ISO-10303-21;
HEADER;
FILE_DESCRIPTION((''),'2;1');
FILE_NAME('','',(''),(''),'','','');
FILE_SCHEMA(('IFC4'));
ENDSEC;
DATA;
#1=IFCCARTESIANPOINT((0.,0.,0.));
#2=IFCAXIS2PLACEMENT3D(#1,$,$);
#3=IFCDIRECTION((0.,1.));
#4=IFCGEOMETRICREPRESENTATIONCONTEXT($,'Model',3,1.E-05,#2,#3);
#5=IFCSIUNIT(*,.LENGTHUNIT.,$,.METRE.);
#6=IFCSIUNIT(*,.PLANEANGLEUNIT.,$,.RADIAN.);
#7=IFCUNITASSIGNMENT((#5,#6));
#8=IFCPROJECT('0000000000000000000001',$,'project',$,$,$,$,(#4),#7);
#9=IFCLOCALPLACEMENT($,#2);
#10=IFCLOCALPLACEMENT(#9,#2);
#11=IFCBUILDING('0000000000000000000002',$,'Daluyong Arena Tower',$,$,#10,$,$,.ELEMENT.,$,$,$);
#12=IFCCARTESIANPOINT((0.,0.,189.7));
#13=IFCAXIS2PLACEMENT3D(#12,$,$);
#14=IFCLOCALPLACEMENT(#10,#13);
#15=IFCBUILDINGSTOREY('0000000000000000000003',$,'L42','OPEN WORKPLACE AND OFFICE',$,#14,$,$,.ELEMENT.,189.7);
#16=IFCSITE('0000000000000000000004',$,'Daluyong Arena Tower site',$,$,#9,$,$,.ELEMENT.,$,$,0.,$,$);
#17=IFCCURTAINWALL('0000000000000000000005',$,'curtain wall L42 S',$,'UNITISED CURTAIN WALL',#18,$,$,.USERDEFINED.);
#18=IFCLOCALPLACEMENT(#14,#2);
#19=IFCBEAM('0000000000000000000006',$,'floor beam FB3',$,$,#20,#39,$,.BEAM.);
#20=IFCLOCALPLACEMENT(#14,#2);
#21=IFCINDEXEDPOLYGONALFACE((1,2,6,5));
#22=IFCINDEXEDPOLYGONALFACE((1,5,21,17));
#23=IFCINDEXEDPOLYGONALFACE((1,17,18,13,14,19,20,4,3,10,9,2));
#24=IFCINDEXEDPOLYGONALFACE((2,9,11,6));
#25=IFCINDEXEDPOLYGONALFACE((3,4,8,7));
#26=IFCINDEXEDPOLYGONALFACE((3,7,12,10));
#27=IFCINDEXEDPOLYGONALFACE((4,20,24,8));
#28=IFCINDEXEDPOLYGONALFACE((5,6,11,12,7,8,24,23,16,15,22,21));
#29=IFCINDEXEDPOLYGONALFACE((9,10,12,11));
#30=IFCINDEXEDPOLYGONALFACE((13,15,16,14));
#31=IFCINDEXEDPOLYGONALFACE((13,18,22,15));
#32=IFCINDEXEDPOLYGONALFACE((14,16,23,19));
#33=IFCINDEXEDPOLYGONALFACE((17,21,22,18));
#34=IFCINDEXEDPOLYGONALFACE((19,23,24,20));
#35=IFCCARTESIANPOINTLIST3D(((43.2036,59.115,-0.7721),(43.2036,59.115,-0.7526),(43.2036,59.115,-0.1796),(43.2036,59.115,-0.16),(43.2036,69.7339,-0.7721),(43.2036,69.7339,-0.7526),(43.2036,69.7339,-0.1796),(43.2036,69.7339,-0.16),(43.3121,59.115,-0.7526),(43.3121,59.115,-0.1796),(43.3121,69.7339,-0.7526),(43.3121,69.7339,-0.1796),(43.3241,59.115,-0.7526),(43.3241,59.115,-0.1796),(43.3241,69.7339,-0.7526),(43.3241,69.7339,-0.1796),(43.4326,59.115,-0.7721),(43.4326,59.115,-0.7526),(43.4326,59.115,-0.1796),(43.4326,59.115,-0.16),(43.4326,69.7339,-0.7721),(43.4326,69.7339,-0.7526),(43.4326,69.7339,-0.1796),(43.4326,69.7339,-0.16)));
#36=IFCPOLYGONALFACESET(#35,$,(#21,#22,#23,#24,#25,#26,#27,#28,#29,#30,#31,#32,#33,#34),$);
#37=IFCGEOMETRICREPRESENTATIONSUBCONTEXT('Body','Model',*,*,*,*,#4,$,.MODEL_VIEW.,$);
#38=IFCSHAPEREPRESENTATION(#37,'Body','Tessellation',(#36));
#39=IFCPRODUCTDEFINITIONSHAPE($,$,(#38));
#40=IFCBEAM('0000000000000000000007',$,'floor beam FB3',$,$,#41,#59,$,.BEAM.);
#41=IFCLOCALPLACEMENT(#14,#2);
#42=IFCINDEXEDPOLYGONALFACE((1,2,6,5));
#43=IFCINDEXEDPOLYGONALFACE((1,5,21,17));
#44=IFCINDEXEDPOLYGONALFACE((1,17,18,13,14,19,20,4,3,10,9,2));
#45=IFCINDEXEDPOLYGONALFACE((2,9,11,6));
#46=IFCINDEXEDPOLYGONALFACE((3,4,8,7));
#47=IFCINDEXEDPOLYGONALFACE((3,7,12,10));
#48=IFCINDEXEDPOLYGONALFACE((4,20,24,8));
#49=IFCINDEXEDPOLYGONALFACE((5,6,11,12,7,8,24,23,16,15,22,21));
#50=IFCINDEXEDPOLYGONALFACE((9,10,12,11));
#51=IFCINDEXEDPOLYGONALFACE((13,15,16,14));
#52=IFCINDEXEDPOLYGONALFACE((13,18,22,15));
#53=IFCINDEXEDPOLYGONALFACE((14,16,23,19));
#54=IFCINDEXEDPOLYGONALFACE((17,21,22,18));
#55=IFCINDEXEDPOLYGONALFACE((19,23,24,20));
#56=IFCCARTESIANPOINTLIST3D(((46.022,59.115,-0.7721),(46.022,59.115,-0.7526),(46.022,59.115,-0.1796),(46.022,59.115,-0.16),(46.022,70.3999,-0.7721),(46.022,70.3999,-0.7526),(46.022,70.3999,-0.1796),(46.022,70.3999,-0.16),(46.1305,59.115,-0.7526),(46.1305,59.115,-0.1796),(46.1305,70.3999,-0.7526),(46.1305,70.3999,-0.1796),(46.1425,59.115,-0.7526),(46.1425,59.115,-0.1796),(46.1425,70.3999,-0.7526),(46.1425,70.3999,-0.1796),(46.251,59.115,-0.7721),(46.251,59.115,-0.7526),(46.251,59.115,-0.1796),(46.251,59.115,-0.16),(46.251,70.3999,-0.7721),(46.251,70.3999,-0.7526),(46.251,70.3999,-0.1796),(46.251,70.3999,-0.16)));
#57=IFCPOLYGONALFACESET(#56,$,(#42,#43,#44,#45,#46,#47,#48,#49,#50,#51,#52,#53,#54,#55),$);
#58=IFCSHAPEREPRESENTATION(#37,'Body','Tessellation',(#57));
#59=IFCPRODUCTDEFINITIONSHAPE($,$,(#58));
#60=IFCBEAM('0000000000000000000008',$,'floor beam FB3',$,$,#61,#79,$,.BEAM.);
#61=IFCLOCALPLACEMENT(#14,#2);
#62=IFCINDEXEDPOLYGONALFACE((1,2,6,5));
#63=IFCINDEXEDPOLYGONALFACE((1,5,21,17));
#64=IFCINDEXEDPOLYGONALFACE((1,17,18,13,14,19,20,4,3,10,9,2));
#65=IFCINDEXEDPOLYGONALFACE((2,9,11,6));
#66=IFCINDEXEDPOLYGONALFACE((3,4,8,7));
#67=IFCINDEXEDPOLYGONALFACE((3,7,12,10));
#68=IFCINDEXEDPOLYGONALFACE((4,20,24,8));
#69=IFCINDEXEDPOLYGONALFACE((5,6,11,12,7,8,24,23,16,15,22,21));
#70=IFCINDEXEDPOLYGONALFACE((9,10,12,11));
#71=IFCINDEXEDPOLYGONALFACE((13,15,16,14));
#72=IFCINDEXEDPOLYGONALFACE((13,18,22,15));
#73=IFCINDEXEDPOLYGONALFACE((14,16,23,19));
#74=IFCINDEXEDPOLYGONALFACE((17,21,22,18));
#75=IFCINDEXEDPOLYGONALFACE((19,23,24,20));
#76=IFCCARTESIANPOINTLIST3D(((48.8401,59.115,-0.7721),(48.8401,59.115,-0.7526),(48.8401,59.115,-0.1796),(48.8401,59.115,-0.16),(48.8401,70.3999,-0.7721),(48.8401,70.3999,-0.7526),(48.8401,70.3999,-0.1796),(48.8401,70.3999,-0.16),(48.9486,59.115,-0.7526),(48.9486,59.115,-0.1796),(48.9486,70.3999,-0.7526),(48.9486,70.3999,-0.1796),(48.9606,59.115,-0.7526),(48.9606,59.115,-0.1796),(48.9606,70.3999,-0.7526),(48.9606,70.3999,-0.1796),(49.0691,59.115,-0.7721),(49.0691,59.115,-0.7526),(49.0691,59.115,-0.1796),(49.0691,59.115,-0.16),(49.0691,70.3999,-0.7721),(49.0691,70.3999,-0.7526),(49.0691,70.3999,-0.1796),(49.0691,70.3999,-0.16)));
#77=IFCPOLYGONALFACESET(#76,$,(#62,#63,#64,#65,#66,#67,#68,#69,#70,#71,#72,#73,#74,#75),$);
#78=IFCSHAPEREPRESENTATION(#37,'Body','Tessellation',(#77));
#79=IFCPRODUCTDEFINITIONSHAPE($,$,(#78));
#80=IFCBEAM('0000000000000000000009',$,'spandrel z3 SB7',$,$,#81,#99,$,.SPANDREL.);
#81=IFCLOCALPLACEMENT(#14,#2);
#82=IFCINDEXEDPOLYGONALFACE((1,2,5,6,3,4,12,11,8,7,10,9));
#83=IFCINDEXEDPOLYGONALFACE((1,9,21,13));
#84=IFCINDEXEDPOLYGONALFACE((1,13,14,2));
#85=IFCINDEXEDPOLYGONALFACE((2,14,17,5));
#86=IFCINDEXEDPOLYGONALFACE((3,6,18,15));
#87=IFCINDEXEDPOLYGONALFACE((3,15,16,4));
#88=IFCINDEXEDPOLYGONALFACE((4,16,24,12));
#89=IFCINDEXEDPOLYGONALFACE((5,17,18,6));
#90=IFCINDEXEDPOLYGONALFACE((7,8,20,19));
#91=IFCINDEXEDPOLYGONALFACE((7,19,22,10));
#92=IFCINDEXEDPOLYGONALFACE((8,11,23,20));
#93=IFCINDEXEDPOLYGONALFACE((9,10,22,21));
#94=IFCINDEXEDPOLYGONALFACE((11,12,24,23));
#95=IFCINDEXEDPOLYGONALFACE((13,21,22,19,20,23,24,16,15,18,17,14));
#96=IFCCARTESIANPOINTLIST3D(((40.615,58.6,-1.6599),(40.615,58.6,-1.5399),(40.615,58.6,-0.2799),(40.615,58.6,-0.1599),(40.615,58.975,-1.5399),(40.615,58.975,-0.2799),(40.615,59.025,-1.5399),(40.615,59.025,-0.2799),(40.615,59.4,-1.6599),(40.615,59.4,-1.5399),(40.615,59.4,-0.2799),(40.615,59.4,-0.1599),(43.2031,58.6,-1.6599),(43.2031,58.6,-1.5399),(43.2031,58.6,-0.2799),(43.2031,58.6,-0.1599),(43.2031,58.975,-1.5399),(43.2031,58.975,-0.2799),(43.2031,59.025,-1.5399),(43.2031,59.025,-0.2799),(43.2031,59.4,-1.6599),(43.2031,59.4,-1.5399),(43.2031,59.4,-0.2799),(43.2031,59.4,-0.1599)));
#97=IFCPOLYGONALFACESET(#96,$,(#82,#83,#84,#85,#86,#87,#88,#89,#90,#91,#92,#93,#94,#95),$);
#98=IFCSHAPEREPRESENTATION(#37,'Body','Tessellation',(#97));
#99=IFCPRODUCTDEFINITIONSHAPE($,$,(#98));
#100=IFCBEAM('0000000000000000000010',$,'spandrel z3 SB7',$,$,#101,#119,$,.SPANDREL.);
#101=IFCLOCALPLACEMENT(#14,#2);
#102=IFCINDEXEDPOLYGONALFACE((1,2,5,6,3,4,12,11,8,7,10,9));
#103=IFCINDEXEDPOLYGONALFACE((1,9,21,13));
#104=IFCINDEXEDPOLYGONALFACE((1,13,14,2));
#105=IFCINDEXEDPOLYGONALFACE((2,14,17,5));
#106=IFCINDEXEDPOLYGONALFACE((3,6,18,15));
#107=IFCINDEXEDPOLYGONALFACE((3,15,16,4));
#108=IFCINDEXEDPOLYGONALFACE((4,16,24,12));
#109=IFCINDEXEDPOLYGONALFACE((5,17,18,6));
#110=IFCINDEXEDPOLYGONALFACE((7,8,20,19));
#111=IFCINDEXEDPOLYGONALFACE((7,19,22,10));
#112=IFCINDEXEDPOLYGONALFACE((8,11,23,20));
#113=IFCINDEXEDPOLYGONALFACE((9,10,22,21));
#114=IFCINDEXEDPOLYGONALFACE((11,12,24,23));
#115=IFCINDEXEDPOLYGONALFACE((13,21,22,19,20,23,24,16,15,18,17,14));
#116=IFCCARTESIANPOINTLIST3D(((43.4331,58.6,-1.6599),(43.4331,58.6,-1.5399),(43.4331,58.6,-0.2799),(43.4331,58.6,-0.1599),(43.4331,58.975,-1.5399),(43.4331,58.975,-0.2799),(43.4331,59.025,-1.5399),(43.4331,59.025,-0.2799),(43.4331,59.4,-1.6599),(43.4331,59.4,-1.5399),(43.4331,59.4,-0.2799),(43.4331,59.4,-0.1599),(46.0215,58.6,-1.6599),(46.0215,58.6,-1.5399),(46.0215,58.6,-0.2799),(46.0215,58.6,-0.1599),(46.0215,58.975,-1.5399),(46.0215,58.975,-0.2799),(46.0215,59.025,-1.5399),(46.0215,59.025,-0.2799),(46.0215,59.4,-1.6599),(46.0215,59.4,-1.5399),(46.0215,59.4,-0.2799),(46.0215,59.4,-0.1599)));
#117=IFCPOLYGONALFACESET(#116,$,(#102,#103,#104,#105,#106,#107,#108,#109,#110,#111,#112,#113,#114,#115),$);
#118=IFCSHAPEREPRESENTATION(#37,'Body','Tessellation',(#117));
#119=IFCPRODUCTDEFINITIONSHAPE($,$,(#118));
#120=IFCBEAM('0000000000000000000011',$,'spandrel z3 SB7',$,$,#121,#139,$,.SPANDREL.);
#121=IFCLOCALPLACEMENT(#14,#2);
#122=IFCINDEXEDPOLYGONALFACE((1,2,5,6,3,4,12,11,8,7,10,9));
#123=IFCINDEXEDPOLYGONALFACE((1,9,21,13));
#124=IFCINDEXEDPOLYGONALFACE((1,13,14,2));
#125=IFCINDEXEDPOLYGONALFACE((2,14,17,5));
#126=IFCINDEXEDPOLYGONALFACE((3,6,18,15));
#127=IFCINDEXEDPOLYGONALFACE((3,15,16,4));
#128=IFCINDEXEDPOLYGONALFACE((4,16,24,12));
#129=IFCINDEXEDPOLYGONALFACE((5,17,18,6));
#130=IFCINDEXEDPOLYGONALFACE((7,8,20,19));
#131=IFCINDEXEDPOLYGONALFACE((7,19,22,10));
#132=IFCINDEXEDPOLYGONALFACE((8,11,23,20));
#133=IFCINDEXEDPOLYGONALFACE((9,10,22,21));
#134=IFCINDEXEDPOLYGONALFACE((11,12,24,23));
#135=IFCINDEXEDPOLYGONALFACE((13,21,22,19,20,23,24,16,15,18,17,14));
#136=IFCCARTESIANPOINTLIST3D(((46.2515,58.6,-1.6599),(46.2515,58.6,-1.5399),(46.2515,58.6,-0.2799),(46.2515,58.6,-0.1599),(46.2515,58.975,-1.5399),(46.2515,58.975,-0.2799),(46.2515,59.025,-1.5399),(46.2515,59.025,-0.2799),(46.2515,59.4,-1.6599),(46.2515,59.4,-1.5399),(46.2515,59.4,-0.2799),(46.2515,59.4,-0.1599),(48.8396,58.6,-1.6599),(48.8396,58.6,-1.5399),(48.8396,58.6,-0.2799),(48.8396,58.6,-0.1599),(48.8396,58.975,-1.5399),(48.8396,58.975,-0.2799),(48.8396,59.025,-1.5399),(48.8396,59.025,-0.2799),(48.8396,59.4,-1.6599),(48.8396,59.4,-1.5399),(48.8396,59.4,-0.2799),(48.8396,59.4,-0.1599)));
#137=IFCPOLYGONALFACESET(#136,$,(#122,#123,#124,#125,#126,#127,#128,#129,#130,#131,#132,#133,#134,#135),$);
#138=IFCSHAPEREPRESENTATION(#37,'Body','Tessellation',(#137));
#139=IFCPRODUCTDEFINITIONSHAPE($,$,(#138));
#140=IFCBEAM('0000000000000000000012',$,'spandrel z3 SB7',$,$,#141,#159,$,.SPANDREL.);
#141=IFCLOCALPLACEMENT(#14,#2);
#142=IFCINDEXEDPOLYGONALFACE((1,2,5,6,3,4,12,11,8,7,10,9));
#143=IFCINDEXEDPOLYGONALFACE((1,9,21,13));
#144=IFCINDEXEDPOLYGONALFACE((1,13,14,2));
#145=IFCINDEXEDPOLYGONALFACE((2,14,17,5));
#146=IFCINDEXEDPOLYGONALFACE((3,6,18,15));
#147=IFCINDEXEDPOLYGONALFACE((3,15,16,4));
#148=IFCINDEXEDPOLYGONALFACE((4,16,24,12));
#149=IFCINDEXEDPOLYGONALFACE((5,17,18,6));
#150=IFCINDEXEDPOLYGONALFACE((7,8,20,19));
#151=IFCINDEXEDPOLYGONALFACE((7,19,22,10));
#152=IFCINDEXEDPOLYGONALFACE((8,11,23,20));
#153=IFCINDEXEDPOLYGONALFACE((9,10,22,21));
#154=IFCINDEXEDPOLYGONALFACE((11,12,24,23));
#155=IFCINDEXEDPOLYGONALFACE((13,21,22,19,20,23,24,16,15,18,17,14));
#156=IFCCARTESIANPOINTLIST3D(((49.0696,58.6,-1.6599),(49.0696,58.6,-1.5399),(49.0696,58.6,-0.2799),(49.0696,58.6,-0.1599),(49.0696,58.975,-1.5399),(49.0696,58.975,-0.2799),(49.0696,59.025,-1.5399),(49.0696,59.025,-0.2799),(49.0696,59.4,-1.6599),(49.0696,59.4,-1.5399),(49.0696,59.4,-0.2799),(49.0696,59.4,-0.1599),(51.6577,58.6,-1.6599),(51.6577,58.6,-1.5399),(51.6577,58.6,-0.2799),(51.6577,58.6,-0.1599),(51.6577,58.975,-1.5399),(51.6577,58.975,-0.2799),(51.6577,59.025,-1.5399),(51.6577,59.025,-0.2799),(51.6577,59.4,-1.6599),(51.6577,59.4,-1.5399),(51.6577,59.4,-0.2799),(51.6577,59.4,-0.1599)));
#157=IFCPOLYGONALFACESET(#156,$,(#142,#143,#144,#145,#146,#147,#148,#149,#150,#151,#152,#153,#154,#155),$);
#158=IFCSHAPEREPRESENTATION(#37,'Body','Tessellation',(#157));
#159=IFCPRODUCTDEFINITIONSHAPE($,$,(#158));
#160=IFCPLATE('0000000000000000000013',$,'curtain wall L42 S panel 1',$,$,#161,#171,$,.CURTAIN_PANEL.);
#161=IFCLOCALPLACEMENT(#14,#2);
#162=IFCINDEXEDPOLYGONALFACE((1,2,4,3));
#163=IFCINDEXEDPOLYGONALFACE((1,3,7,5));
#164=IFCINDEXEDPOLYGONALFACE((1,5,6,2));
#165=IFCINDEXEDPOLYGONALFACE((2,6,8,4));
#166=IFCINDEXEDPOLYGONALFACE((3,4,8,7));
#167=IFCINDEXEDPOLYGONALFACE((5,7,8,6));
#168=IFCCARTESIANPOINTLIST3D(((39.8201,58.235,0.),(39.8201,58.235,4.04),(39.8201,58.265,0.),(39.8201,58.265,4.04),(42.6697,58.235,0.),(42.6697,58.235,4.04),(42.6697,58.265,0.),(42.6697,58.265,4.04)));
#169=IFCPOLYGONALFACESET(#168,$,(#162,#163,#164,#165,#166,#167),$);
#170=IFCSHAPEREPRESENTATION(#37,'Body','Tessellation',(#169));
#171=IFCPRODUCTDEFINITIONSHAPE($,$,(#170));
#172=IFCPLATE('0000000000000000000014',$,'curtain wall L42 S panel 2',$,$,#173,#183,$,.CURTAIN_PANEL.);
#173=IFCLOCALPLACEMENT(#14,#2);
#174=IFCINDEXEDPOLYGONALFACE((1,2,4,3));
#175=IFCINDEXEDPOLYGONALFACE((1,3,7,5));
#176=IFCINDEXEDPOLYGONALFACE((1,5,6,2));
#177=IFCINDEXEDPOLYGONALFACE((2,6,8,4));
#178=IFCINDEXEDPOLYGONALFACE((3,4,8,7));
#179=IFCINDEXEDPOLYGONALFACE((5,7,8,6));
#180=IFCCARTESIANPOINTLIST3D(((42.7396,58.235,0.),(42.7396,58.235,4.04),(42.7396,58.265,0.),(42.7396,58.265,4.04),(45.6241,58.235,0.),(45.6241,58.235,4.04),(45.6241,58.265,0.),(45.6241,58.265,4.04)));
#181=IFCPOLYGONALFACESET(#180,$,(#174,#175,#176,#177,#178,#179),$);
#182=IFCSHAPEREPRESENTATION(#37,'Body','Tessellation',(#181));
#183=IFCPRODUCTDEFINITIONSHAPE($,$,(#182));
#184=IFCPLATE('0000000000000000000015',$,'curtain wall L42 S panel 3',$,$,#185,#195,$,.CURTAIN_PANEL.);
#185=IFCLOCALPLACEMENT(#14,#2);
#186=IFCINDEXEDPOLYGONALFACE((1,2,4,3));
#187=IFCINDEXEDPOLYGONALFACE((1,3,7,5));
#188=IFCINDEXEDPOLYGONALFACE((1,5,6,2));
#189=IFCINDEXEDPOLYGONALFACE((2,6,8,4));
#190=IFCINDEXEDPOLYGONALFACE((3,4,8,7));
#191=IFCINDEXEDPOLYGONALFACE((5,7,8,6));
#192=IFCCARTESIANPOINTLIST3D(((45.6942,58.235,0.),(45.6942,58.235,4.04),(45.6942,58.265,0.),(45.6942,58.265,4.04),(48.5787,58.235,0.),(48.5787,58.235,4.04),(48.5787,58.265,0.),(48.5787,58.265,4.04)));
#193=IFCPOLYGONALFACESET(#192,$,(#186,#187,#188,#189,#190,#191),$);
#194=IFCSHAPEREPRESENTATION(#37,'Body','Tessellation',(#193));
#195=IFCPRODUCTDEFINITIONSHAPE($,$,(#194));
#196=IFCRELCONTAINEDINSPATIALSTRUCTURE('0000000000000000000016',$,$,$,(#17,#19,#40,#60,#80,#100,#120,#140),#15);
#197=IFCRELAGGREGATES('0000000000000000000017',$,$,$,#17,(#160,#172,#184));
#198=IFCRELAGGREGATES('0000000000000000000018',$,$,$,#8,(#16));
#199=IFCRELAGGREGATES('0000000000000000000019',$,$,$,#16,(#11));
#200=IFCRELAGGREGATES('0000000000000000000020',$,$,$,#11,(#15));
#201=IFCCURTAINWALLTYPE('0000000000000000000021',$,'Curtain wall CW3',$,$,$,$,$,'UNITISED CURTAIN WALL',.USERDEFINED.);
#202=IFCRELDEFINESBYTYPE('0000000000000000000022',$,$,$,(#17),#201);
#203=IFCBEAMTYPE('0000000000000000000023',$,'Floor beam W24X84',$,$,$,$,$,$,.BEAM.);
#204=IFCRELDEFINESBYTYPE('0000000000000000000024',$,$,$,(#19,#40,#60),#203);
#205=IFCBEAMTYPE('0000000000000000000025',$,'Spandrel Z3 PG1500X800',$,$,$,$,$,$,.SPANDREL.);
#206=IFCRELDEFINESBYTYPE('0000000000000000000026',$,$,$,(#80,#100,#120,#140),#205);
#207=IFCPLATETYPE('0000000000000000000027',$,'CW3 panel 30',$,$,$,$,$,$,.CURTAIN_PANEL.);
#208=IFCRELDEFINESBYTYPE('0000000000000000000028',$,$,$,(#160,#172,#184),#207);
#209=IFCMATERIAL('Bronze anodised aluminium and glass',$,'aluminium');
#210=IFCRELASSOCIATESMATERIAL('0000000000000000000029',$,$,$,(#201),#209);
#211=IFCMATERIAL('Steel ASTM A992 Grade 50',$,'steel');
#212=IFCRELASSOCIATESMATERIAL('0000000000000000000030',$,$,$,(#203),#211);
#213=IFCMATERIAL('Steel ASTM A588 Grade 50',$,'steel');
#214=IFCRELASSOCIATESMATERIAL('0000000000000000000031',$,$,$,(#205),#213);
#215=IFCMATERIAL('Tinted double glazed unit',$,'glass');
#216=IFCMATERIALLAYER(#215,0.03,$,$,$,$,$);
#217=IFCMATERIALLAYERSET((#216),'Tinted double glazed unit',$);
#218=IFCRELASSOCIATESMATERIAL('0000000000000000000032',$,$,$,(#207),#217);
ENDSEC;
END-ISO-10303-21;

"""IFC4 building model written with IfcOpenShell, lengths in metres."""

from ifc_helpers import new_model, si_unit, direction, frame, origin, origin_2d, place, context, subcontext, project, spatial, rectangle, i_section, extrude, material, layer, layer_set, material_profile, profile_set, type_object, element, aggregate, save


model = new_model("IFC4")

# Units and contexts
model_context = context("Model", 3, precision=1e-05, world=origin(), true_north=direction((0.0, 1.0)))
body_context = subcontext(model_context, "Body", "Model", "MODEL_VIEW")
ifc_project = project(units=[si_unit("LENGTHUNIT", "METRE"), si_unit("PLANEANGLEUNIT", "RADIAN")], contexts=[model_context])

# Site, building, storey
site_placement = place(None, origin())
site = spatial("IfcSite", under=ifc_project, at=site_placement, Name="Daluyong Arena Tower site", CompositionType="ELEMENT", RefElevation=0.0)
building_placement = place(site_placement, origin())
building = spatial("IfcBuilding", under=site, at=building_placement, Name="Daluyong Arena Tower", CompositionType="ELEMENT")
storey_placement = place(building_placement, frame((0.0, 0.0, 189.7)))
storey = spatial("IfcBuildingStorey", under=building, at=storey_placement, Name="L42", Description="OPEN WORKPLACE AND OFFICE", CompositionType="ELEMENT", Elevation=189.7)

# Curtain wall
ifc_material_1 = material(Name="Bronze anodised aluminium and glass", Category="aluminium")
curtain_wall_type_1 = type_object("IfcCurtainWallType", Name="Curtain wall CW3", ElementType="UNITISED CURTAIN WALL", PredefinedType="USERDEFINED", material=ifc_material_1)
curtain_wall_1_placement = place(storey_placement, origin())
curtain_wall_1 = element("IfcCurtainWall", 1, at=curtain_wall_1_placement, inside=storey, type_object=curtain_wall_type_1, Name="curtain wall L42 S", ObjectType="UNITISED CURTAIN WALL", PredefinedType="USERDEFINED")

# Beams
ifc_material_2 = material(Name="Steel ASTM A992 Grade 50", Category="steel")
ifc_material_profile_1 = material_profile(ifc_material_2, i_section(OverallWidth=0.229, OverallDepth=0.6121, WebThickness=0.012, FlangeThickness=0.0195, at=origin_2d()))
ifc_profile_set_1 = profile_set([ifc_material_profile_1], Name="Steel ASTM A992 Grade 50")
beam_type_1 = type_object("IfcBeamType", Name="Floor beam W24X84", PredefinedType="BEAM", material=ifc_profile_set_1)
beam_1_placement = place(storey_placement, frame((43.3181, 59.115, -0.4661), z_axis=(0.0, 1.0, 0.0), x_axis=(-1.0, 0.0, 0.0)))
element("IfcBeam", 2, at=beam_1_placement, inside=storey, type_object=beam_type_1, Name="floor beam FB3", PredefinedType="BEAM", context=body_context, shape_type="SweptSolid", body=[
    extrude(i_section(OverallWidth=0.229, OverallDepth=0.6121, WebThickness=0.012, FlangeThickness=0.0195, at=origin_2d()), origin(), (0.0, 0.0, 1.0), 10.6189),
])
for number, where, z_axis, x_axis, name in (
    (3, (46.1365, 59.115, -0.4661), (0.0, 1.0, 0.0), (-1.0, 0.0, 0.0), "floor beam FB3"),
    (4, (48.9546, 59.115, -0.4661), (0.0, 1.0, 0.0), (-1.0, 0.0, 0.0), "floor beam FB3"),
):
    element("IfcBeam", number, at=place(storey_placement, frame(where, z_axis=z_axis, x_axis=x_axis)), inside=storey, type_object=beam_type_1, Name=name, PredefinedType="BEAM", context=body_context, shape_type="SweptSolid", body=[
        extrude(i_section(OverallWidth=0.229, OverallDepth=0.6121, WebThickness=0.012, FlangeThickness=0.0195, at=origin_2d()), origin(), (0.0, 0.0, 1.0), 11.2849),
    ])
ifc_material_3 = material(Name="Steel ASTM A588 Grade 50", Category="steel")
ifc_material_profile_2 = material_profile(ifc_material_3, i_section(OverallWidth=0.8, OverallDepth=1.5, WebThickness=0.05, FlangeThickness=0.12, at=origin_2d()))
ifc_profile_set_2 = profile_set([ifc_material_profile_2], Name="Steel ASTM A588 Grade 50")
beam_type_2 = type_object("IfcBeamType", Name="Spandrel Z3 PG1500X800", PredefinedType="SPANDREL", material=ifc_profile_set_2)
beam_2_placement = place(storey_placement, frame((40.615, 59.0, -0.9099), z_axis=(1.0, 0.0, 0.0), x_axis=(0.0, 1.0, 0.0)))
element("IfcBeam", 5, at=beam_2_placement, inside=storey, type_object=beam_type_2, Name="spandrel z3 SB7", PredefinedType="SPANDREL", context=body_context, shape_type="SweptSolid", body=[
    extrude(i_section(OverallWidth=0.8, OverallDepth=1.5, WebThickness=0.05, FlangeThickness=0.12, at=origin_2d()), origin(), (0.0, 0.0, 1.0), 2.5881),
])
beam_3_placement = place(storey_placement, frame((43.4331, 59.0, -0.9099), z_axis=(1.0, 0.0, 0.0), x_axis=(0.0, 1.0, 0.0)))
element("IfcBeam", 6, at=beam_3_placement, inside=storey, type_object=beam_type_2, Name="spandrel z3 SB7", PredefinedType="SPANDREL", context=body_context, shape_type="SweptSolid", body=[
    extrude(i_section(OverallWidth=0.8, OverallDepth=1.5, WebThickness=0.05, FlangeThickness=0.12, at=origin_2d()), origin(), (0.0, 0.0, 1.0), 2.5884),
])
for number, where, z_axis, x_axis, name in (
    (7, (46.2515, 59.0, -0.9099), (1.0, 0.0, 0.0), (0.0, 1.0, 0.0), "spandrel z3 SB7"),
    (8, (49.0696, 59.0, -0.9099), (1.0, 0.0, 0.0), (0.0, 1.0, 0.0), "spandrel z3 SB7"),
):
    element("IfcBeam", number, at=place(storey_placement, frame(where, z_axis=z_axis, x_axis=x_axis)), inside=storey, type_object=beam_type_2, Name=name, PredefinedType="SPANDREL", context=body_context, shape_type="SweptSolid", body=[
        extrude(i_section(OverallWidth=0.8, OverallDepth=1.5, WebThickness=0.05, FlangeThickness=0.12, at=origin_2d()), origin(), (0.0, 0.0, 1.0), 2.5881),
    ])

# Plates
ifc_material_4 = material(Name="Tinted double glazed unit", Category="glass")
ifc_layer_1 = layer(ifc_material_4, 0.03)
ifc_layer_set_1 = layer_set([ifc_layer_1], Name="Tinted double glazed unit")
plate_type_1 = type_object("IfcPlateType", Name="CW3 panel 30", PredefinedType="CURTAIN_PANEL", material=ifc_layer_set_1)
plate_1_placement = place(storey_placement, frame((41.2449, 58.25, 0.0), z_axis=(0.0, 0.0, 1.0), x_axis=(1.0, 0.0, 0.0)))
plate_1 = element("IfcPlate", 9, at=plate_1_placement, type_object=plate_type_1, Name="curtain wall L42 S panel 1", PredefinedType="CURTAIN_PANEL", context=body_context, shape_type="SweptSolid", body=[
    extrude(rectangle(XDim=2.8496, YDim=0.03, at=origin_2d()), origin(), (0.0, 0.0, 1.0), 4.04),
])
plate_2_placement = place(storey_placement, frame((44.1819, 58.25, 0.0), z_axis=(0.0, 0.0, 1.0), x_axis=(1.0, 0.0, 0.0)))
plate_2 = element("IfcPlate", 10, at=plate_2_placement, type_object=plate_type_1, Name="curtain wall L42 S panel 2", PredefinedType="CURTAIN_PANEL", context=body_context, shape_type="SweptSolid", body=[
    extrude(rectangle(XDim=2.8845, YDim=0.03, at=origin_2d()), origin(), (0.0, 0.0, 1.0), 4.04),
])
plate_3_placement = place(storey_placement, frame((47.1365, 58.25, 0.0), z_axis=(0.0, 0.0, 1.0), x_axis=(1.0, 0.0, 0.0)))
plate_3 = element("IfcPlate", 11, at=plate_3_placement, type_object=plate_type_1, Name="curtain wall L42 S panel 3", PredefinedType="CURTAIN_PANEL", context=body_context, shape_type="SweptSolid", body=[
    extrude(rectangle(XDim=2.8845, YDim=0.03, at=origin_2d()), origin(), (0.0, 0.0, 1.0), 4.04),
])
aggregate(curtain_wall_1, [plate_1, plate_2, plate_3])

save(model, "model.ifc")
